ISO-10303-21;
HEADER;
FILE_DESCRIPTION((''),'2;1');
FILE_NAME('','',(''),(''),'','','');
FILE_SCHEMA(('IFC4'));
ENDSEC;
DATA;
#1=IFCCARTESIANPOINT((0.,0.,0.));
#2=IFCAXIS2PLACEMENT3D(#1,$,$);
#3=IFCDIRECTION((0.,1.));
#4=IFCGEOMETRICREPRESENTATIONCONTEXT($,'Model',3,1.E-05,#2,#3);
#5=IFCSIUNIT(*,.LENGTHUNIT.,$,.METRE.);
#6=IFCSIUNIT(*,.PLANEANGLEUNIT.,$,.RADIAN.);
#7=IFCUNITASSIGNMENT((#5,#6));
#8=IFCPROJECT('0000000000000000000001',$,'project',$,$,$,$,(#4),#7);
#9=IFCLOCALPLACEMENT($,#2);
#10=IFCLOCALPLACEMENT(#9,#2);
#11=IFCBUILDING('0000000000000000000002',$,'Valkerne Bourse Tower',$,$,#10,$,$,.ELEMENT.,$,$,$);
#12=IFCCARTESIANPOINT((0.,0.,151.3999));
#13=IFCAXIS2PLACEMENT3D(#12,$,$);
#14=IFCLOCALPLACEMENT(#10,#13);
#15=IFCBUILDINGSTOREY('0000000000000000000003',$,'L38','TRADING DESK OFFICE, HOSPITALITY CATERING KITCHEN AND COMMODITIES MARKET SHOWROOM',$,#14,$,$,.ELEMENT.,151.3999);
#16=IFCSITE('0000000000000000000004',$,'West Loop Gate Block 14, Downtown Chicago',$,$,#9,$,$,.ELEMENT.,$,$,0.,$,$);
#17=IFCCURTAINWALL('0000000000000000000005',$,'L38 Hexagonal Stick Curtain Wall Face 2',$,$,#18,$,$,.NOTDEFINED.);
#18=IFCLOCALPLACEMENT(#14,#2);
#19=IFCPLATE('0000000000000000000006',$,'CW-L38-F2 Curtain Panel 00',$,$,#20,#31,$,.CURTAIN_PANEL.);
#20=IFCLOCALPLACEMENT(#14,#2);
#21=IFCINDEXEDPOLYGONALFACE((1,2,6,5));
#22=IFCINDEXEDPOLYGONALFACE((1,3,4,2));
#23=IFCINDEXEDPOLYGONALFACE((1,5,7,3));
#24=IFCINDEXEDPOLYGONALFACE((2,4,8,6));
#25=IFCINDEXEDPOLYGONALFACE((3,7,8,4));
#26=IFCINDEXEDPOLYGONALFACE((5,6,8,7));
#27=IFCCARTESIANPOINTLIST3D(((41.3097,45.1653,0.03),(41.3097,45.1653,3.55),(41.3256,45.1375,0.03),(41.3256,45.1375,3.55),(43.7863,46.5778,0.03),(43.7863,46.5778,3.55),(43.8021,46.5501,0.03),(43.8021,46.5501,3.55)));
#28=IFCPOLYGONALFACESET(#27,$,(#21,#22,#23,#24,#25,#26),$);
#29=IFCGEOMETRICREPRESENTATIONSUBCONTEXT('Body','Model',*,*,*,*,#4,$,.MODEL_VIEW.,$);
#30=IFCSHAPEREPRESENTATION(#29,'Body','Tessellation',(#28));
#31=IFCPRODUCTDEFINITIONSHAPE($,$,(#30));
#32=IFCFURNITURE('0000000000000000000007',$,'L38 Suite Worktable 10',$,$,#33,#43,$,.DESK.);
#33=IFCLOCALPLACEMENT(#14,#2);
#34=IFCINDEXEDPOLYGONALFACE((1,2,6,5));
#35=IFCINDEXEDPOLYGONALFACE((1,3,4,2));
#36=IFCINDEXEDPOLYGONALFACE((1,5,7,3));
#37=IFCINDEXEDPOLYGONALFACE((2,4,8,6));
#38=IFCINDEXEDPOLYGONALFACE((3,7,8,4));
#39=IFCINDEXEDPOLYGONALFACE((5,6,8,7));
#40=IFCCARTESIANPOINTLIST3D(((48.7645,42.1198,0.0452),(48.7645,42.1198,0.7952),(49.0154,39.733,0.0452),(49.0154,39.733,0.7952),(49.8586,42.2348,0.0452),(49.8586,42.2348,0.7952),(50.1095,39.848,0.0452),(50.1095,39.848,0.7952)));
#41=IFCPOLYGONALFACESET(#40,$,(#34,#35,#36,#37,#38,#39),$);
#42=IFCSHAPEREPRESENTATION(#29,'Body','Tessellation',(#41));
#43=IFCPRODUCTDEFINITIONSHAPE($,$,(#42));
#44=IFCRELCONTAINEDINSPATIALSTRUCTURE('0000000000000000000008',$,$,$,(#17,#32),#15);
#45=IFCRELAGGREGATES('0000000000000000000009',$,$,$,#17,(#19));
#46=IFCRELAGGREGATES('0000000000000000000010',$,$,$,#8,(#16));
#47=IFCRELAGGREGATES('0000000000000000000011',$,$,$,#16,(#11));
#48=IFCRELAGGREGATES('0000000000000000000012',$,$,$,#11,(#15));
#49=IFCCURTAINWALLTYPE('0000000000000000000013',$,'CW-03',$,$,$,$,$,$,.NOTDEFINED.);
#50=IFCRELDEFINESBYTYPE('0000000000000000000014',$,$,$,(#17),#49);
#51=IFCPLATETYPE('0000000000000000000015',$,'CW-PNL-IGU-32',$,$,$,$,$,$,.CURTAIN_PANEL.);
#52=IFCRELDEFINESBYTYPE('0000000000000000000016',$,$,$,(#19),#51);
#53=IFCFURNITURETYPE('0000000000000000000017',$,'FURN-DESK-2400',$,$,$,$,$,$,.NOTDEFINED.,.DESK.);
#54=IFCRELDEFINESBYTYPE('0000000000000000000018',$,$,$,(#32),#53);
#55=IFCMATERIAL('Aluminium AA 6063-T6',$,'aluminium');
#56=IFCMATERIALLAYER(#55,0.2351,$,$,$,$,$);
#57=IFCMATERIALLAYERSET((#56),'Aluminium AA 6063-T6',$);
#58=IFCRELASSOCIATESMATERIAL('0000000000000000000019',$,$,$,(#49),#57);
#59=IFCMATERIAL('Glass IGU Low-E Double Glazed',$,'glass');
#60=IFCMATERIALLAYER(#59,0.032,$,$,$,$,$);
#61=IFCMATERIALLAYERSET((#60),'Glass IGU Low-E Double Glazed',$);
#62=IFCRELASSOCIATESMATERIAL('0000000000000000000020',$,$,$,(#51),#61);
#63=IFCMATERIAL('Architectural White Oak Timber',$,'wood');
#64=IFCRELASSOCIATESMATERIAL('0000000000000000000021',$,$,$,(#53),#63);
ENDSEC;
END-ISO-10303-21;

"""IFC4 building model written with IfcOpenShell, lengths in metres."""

from ifc_helpers import new_model, si_unit, direction, frame, origin, origin_2d, place, context, subcontext, project, spatial, rectangle, extrude, material, layer, layer_set, type_object, element, aggregate, save


model = new_model("IFC4")

# Units and contexts
model_context = context("Model", 3, precision=1e-05, world=origin(), true_north=direction((0.0, 1.0)))
body_context = subcontext(model_context, "Body", "Model", "MODEL_VIEW")
ifc_project = project(units=[si_unit("LENGTHUNIT", "METRE"), si_unit("PLANEANGLEUNIT", "RADIAN")], contexts=[model_context])

# Site, building, storey
site_placement = place(None, origin())
site = spatial("IfcSite", under=ifc_project, at=site_placement, Name="West Loop Gate Block 14, Downtown Chicago", CompositionType="ELEMENT", RefElevation=0.0)
building_placement = place(site_placement, origin())
building = spatial("IfcBuilding", under=site, at=building_placement, Name="Valkerne Bourse Tower", CompositionType="ELEMENT")
storey_placement = place(building_placement, frame((0.0, 0.0, 151.3999)))
storey = spatial("IfcBuildingStorey", under=building, at=storey_placement, Name="L38", Description="TRADING DESK OFFICE, HOSPITALITY CATERING KITCHEN AND COMMODITIES MARKET SHOWROOM", CompositionType="ELEMENT", Elevation=151.3999)

# Shared definitions
ifc_material_1 = material(Name="Aluminium AA 6063-T6", Category="aluminium")
ifc_layer_1 = layer(ifc_material_1, 0.2351)
ifc_layer_set_1 = layer_set([ifc_layer_1], Name="Aluminium AA 6063-T6")
curtain_wall_type = type_object("IfcCurtainWallType", Name="CW-03", PredefinedType="NOTDEFINED", material=ifc_layer_set_1)

# Curtain wall
curtain_wall_1_placement = place(storey_placement, origin())
curtain_wall_1 = element("IfcCurtainWall", 1, at=curtain_wall_1_placement, inside=storey, type_object=curtain_wall_type, Name="L38 Hexagonal Stick Curtain Wall Face 2", PredefinedType="NOTDEFINED")

# Plate
ifc_material_2 = material(Name="Glass IGU Low-E Double Glazed", Category="glass")
ifc_layer_2 = layer(ifc_material_2, 0.032)
ifc_layer_set_2 = layer_set([ifc_layer_2], Name="Glass IGU Low-E Double Glazed")
plate_type = type_object("IfcPlateType", Name="CW-PNL-IGU-32", PredefinedType="CURTAIN_PANEL", material=ifc_layer_set_2)
plate_1_placement = place(storey_placement, frame((42.5559, 45.8577, 0.03), z_axis=(0.0, 0.0, 1.0), x_axis=(-0.868639, -0.495445, 0.0)))
plate_1 = element("IfcPlate", 2, at=plate_1_placement, type_object=plate_type, Name="CW-L38-F2 Curtain Panel 00", PredefinedType="CURTAIN_PANEL", context=body_context, shape_type="SweptSolid", body=[
    extrude(rectangle(XDim=2.8511, YDim=0.032, at=origin_2d()), origin(), (0.0, 0.0, 1.0), 3.52),
])
aggregate(curtain_wall_1, [plate_1])

# Furniture
ifc_material_3 = material(Name="Architectural White Oak Timber", Category="wood")
furniture_type = type_object("IfcFurnitureType", Name="FURN-DESK-2400", AssemblyPlace="NOTDEFINED", PredefinedType="DESK", material=ifc_material_3)
furniture_placement = place(storey_placement, frame((49.437, 40.9839, 0.0452), z_axis=(0.0, 0.0, 1.0), x_axis=(-0.104528, 0.994522, 0.0)))
element("IfcFurniture", 3, at=furniture_placement, inside=storey, type_object=furniture_type, Name="L38 Suite Worktable 10", PredefinedType="DESK", context=body_context, shape_type="SweptSolid", body=[
    extrude(rectangle(XDim=2.3999, YDim=1.1001, at=origin_2d()), origin(), (0.0, 0.0, 1.0), 0.75),
])

save(model, "model.ifc")
